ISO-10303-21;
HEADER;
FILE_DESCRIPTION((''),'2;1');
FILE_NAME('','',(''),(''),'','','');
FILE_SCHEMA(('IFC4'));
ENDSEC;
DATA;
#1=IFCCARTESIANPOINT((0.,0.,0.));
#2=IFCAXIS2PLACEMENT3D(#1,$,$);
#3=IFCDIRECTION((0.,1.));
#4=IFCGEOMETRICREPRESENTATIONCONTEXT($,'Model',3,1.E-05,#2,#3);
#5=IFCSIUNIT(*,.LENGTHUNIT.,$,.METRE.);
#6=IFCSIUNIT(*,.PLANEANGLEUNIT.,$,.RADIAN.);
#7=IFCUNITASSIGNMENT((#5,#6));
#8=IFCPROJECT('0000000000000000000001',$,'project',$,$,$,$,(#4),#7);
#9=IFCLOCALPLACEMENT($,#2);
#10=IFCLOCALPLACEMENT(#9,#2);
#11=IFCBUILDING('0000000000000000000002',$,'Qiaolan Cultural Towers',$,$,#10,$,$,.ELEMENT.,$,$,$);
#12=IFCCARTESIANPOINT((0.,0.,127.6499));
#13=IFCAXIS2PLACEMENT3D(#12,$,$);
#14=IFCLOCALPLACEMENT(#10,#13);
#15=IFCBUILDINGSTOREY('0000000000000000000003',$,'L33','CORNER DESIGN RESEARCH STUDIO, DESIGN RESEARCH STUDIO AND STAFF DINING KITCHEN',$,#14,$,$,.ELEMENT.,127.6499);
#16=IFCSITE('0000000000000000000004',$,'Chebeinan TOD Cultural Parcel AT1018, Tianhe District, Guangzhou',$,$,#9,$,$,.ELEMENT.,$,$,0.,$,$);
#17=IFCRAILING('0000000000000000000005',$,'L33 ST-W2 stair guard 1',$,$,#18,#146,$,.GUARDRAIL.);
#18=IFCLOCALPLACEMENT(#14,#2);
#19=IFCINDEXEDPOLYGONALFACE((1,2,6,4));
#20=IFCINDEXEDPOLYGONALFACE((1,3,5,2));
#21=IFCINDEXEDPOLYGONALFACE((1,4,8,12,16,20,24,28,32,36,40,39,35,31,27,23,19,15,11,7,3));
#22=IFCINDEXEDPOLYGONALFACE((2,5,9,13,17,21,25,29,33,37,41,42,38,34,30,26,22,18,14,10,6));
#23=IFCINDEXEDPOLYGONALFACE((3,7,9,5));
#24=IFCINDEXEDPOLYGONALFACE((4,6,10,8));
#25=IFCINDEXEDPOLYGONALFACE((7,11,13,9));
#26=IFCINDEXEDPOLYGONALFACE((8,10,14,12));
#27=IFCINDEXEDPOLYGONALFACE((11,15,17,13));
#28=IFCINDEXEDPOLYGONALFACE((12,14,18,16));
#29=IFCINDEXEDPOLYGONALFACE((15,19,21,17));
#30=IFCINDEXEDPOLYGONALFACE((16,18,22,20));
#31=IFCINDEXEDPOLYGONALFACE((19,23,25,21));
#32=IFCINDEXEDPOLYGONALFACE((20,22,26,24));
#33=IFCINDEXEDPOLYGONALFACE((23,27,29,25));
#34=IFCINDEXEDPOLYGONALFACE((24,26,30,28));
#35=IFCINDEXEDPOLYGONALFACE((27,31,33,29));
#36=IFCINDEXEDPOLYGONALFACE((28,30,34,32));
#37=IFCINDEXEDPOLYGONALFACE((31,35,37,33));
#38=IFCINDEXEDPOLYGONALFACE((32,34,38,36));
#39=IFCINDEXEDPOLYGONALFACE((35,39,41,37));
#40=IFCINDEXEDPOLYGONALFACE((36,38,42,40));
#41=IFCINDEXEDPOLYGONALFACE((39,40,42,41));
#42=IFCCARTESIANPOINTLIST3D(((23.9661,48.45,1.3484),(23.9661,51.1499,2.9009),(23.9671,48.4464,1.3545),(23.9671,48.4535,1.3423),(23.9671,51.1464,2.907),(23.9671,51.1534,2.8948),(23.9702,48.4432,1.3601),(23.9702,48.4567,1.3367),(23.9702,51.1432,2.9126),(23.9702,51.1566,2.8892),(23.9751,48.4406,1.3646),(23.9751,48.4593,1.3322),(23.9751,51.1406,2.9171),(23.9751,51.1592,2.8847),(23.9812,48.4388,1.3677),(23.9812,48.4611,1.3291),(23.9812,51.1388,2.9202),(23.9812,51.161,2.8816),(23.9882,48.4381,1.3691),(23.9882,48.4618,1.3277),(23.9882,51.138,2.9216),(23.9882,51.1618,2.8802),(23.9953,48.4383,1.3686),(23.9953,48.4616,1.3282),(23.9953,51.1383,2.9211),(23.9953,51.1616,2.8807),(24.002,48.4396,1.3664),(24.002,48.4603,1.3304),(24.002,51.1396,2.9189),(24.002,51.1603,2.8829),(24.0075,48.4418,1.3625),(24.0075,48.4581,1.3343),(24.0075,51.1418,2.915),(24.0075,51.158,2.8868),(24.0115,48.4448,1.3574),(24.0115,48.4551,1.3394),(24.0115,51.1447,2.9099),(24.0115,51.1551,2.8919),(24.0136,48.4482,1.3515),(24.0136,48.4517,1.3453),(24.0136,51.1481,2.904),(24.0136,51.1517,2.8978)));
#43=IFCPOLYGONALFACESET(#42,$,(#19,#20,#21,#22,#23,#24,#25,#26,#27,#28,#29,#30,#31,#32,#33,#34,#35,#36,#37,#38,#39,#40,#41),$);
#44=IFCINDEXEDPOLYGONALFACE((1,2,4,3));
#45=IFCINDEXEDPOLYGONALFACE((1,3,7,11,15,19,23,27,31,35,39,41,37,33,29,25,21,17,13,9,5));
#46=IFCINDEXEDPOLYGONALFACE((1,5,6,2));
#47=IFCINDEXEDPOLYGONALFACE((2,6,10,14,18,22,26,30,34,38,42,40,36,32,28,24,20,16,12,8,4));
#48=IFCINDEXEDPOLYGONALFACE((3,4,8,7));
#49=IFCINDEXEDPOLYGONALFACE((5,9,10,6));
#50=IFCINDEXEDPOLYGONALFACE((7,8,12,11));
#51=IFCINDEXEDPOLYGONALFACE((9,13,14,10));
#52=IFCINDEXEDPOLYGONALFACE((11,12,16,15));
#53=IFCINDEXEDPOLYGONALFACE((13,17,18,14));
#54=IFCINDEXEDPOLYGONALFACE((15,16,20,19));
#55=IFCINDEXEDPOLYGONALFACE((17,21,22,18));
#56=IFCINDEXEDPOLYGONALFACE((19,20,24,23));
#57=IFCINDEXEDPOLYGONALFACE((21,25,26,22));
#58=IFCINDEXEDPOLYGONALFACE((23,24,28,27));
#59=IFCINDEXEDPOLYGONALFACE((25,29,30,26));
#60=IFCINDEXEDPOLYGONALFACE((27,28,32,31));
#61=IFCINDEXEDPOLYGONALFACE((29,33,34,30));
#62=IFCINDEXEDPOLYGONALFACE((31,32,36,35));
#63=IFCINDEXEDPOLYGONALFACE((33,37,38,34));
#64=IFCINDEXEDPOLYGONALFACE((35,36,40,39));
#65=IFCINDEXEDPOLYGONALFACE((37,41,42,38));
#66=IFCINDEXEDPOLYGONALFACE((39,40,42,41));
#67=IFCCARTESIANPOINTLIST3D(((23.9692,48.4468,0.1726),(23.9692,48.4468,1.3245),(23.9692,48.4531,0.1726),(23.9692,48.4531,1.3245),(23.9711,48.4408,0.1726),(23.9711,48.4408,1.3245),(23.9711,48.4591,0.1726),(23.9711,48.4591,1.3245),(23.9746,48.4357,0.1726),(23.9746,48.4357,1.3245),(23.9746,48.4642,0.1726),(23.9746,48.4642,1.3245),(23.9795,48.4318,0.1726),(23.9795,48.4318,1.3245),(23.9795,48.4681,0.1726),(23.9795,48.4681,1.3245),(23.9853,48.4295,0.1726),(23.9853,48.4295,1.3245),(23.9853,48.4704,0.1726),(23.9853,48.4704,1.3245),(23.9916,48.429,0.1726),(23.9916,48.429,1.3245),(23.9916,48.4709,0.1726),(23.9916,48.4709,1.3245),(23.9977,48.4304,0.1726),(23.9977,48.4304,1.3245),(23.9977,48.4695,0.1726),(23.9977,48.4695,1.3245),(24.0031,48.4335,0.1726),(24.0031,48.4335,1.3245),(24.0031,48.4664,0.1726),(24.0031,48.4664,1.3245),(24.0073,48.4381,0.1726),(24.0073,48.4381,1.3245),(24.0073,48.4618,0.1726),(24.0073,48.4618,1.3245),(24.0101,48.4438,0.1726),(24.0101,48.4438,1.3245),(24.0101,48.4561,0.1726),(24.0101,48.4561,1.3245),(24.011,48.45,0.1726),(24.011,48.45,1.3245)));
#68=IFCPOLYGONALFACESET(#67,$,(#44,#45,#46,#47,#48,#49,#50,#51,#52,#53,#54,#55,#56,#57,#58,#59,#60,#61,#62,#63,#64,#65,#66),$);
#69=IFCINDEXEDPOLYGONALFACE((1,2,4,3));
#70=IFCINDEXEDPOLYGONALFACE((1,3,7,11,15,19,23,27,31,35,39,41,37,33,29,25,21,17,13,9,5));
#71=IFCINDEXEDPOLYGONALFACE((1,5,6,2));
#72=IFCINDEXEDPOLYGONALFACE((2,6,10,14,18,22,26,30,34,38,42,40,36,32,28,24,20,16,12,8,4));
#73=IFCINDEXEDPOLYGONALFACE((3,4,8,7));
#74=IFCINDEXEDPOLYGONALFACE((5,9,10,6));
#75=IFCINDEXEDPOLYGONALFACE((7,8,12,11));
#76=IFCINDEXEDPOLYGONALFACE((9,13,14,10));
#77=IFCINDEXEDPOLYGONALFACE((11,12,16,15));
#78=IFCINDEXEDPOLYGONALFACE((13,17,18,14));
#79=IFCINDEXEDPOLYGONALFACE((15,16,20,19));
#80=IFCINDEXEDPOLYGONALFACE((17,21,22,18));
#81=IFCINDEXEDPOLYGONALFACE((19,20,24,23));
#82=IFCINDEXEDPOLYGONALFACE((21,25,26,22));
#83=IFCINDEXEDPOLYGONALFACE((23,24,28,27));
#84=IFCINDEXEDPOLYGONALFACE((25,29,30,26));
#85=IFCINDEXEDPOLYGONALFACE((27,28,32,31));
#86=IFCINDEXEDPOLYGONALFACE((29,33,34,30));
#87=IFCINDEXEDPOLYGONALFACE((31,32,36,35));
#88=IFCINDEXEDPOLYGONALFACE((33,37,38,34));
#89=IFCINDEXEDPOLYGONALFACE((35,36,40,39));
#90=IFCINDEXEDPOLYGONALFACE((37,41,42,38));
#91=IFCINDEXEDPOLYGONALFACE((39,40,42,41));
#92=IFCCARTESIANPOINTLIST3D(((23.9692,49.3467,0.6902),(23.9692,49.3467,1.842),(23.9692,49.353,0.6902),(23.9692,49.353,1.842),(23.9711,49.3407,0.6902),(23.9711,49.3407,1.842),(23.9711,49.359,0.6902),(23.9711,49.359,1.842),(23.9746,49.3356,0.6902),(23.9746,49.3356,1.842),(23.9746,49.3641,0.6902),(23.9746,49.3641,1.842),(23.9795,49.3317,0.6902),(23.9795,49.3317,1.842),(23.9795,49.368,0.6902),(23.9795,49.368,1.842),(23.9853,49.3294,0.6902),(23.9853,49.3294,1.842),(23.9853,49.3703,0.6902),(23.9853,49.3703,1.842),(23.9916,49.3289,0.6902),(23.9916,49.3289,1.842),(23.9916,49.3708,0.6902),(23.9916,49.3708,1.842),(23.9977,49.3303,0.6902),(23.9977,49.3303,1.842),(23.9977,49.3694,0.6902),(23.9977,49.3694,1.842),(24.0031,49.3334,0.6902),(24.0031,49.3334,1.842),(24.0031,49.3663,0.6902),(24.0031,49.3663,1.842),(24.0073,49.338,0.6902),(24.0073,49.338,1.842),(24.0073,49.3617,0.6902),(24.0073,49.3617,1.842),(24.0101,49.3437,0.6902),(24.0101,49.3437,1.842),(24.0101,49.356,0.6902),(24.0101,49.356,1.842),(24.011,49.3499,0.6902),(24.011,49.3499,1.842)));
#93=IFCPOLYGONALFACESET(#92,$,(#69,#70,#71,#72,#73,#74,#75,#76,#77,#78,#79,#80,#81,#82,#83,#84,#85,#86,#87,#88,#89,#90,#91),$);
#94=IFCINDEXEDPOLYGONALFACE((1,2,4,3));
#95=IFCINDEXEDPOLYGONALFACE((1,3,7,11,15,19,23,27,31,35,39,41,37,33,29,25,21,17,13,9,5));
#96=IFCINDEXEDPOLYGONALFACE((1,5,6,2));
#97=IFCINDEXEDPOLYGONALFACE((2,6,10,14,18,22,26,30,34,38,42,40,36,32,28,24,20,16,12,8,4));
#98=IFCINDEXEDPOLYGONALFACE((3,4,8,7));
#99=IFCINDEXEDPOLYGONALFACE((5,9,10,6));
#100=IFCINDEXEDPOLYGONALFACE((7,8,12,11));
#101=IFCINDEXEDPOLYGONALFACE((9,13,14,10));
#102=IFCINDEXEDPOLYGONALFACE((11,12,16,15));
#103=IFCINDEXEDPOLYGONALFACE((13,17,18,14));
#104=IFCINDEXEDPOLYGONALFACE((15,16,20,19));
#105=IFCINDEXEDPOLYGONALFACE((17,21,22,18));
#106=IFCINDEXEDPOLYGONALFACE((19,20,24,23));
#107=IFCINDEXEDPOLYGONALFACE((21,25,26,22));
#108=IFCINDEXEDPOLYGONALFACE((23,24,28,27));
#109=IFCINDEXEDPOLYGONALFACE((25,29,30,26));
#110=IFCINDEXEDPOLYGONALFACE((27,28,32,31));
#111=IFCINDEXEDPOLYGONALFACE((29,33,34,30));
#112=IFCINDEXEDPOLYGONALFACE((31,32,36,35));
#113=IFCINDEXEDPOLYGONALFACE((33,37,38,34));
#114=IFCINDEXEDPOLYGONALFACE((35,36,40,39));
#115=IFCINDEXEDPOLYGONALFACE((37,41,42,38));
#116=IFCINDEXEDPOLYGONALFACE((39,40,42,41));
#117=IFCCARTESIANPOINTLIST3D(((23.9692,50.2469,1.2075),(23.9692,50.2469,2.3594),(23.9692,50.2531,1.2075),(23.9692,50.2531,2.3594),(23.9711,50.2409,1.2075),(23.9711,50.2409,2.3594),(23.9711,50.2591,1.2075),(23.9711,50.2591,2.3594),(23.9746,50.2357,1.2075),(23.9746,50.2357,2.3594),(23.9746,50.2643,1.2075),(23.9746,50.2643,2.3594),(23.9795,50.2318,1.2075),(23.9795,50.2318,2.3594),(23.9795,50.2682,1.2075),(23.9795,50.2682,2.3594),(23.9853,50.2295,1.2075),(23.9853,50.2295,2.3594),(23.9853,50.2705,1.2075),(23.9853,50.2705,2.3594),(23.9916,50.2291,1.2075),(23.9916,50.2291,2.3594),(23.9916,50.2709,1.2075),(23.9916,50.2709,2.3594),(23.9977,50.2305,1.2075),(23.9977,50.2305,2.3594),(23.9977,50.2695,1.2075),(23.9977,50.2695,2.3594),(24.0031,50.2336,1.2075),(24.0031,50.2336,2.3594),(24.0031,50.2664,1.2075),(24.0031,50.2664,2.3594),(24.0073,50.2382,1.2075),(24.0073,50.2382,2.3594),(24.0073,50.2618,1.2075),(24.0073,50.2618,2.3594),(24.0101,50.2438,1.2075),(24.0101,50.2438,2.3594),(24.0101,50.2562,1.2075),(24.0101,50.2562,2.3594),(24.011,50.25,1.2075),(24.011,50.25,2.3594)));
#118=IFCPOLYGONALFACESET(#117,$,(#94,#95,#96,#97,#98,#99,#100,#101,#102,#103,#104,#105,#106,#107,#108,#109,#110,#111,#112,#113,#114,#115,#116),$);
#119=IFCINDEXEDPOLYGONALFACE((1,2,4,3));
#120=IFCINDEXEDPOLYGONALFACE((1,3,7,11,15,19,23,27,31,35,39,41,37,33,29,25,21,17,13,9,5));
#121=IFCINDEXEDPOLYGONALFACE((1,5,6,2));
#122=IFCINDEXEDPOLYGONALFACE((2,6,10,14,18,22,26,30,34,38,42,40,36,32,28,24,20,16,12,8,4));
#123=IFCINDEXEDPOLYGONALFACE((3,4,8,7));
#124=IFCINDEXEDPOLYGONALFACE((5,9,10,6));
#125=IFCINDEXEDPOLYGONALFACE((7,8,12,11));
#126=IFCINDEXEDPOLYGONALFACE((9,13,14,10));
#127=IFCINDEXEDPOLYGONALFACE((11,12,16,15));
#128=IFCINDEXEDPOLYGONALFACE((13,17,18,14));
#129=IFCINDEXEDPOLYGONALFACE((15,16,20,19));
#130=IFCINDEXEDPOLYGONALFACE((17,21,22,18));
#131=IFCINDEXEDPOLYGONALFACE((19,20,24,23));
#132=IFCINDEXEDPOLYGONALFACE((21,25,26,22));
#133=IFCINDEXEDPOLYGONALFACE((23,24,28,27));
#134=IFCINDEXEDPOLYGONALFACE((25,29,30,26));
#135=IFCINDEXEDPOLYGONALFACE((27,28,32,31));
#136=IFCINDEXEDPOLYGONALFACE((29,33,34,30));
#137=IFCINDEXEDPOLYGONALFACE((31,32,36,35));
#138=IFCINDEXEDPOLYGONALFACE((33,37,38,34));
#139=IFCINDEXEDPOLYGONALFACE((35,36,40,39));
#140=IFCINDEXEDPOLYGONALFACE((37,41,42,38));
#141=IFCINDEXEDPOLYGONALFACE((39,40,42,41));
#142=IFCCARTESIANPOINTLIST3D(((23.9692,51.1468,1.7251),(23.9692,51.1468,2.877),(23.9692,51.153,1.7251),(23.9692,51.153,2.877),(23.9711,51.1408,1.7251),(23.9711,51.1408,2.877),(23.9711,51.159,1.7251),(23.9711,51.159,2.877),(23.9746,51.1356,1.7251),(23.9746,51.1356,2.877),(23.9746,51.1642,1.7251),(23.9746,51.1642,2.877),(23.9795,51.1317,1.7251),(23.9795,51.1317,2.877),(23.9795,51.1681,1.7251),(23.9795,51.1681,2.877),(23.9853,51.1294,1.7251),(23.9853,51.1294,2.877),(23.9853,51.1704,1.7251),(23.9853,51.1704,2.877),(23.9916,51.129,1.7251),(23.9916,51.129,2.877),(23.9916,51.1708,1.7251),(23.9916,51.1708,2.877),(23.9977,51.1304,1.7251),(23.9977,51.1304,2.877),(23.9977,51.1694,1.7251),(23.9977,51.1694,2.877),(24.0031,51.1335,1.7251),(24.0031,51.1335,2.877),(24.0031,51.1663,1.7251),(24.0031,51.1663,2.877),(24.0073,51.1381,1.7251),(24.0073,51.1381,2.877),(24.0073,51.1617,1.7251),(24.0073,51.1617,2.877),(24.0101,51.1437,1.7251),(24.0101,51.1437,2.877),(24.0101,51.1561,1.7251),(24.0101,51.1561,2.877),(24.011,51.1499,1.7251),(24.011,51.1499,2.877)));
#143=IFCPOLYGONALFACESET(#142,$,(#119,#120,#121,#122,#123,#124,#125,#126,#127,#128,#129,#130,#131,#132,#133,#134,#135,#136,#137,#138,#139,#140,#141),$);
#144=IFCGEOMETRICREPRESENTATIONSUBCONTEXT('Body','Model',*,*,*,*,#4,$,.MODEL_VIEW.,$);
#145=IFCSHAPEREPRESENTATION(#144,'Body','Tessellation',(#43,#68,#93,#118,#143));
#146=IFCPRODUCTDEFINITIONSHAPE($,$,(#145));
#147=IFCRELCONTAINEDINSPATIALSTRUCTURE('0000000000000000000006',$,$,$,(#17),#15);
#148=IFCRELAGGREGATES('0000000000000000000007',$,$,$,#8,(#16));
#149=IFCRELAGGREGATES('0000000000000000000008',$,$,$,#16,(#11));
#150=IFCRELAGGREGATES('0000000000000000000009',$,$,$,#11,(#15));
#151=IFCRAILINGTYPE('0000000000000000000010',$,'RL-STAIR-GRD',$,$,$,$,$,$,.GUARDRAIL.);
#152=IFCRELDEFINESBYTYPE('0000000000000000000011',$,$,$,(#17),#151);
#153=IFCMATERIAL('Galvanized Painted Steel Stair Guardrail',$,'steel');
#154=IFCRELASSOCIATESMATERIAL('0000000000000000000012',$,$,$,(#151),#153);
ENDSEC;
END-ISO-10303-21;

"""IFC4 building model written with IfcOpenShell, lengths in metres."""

from ifc_helpers import new_model, si_unit, direction, frame, origin, origin_2d, place, context, subcontext, project, spatial, circle, extrude, material, type_object, element, save


model = new_model("IFC4")

# Units and contexts
model_context = context("Model", 3, precision=1e-05, world=origin(), true_north=direction((0.0, 1.0)))
body_context = subcontext(model_context, "Body", "Model", "MODEL_VIEW")
ifc_project = project(units=[si_unit("LENGTHUNIT", "METRE"), si_unit("PLANEANGLEUNIT", "RADIAN")], contexts=[model_context])

# Site, building, storey
site_placement = place(None, origin())
site = spatial("IfcSite", under=ifc_project, at=site_placement, Name="Chebeinan TOD Cultural Parcel AT1018, Tianhe District, Guangzhou", CompositionType="ELEMENT", RefElevation=0.0)
building_placement = place(site_placement, origin())
building = spatial("IfcBuilding", under=site, at=building_placement, Name="Qiaolan Cultural Towers", CompositionType="ELEMENT")
storey_placement = place(building_placement, frame((0.0, 0.0, 127.6499)))
storey = spatial("IfcBuildingStorey", under=building, at=storey_placement, Name="L33", Description="CORNER DESIGN RESEARCH STUDIO, DESIGN RESEARCH STUDIO AND STAFF DINING KITCHEN", CompositionType="ELEMENT", Elevation=127.6499)

# Railing
ifc_material_1 = material(Name="Galvanized Painted Steel Stair Guardrail", Category="steel")
railing_type_1 = type_object("IfcRailingType", Name="RL-STAIR-GRD", PredefinedType="GUARDRAIL", material=ifc_material_1)
railing_1_placement = place(storey_placement, frame((23.99, 48.45, 0.1726)))
element("IfcRailing", 1, at=railing_1_placement, inside=storey, type_object=railing_type_1, Name="L33 ST-W2 stair guard 1", PredefinedType="GUARDRAIL", context=body_context, shape_type="SweptSolid", body=[
    extrude(circle(Radius=0.0239, at=origin_2d()), frame((0.0, 0.0, 1.1758), z_axis=(0.0, 0.866904, 0.498476), x_axis=(-1.0, 0.0, 0.0)), (0.0, 0.0, 1.0), 3.1145),
    extrude(circle(Radius=0.021, at=origin_2d()), origin(), (0.0, 0.0, 1.0), 1.1519),
    extrude(circle(Radius=0.021, at=origin_2d()), frame((0.0, 0.8999, 0.5176)), (0.0, 0.0, 1.0), 1.1519),
    extrude(circle(Radius=0.021, at=origin_2d()), frame((0.0, 1.8, 1.0349)), (0.0, 0.0, 1.0), 1.1519),
    extrude(circle(Radius=0.021, at=origin_2d()), frame((0.0, 2.7, 1.5525)), (0.0, 0.0, 1.0), 1.1519),
])

save(model, "model.ifc")
